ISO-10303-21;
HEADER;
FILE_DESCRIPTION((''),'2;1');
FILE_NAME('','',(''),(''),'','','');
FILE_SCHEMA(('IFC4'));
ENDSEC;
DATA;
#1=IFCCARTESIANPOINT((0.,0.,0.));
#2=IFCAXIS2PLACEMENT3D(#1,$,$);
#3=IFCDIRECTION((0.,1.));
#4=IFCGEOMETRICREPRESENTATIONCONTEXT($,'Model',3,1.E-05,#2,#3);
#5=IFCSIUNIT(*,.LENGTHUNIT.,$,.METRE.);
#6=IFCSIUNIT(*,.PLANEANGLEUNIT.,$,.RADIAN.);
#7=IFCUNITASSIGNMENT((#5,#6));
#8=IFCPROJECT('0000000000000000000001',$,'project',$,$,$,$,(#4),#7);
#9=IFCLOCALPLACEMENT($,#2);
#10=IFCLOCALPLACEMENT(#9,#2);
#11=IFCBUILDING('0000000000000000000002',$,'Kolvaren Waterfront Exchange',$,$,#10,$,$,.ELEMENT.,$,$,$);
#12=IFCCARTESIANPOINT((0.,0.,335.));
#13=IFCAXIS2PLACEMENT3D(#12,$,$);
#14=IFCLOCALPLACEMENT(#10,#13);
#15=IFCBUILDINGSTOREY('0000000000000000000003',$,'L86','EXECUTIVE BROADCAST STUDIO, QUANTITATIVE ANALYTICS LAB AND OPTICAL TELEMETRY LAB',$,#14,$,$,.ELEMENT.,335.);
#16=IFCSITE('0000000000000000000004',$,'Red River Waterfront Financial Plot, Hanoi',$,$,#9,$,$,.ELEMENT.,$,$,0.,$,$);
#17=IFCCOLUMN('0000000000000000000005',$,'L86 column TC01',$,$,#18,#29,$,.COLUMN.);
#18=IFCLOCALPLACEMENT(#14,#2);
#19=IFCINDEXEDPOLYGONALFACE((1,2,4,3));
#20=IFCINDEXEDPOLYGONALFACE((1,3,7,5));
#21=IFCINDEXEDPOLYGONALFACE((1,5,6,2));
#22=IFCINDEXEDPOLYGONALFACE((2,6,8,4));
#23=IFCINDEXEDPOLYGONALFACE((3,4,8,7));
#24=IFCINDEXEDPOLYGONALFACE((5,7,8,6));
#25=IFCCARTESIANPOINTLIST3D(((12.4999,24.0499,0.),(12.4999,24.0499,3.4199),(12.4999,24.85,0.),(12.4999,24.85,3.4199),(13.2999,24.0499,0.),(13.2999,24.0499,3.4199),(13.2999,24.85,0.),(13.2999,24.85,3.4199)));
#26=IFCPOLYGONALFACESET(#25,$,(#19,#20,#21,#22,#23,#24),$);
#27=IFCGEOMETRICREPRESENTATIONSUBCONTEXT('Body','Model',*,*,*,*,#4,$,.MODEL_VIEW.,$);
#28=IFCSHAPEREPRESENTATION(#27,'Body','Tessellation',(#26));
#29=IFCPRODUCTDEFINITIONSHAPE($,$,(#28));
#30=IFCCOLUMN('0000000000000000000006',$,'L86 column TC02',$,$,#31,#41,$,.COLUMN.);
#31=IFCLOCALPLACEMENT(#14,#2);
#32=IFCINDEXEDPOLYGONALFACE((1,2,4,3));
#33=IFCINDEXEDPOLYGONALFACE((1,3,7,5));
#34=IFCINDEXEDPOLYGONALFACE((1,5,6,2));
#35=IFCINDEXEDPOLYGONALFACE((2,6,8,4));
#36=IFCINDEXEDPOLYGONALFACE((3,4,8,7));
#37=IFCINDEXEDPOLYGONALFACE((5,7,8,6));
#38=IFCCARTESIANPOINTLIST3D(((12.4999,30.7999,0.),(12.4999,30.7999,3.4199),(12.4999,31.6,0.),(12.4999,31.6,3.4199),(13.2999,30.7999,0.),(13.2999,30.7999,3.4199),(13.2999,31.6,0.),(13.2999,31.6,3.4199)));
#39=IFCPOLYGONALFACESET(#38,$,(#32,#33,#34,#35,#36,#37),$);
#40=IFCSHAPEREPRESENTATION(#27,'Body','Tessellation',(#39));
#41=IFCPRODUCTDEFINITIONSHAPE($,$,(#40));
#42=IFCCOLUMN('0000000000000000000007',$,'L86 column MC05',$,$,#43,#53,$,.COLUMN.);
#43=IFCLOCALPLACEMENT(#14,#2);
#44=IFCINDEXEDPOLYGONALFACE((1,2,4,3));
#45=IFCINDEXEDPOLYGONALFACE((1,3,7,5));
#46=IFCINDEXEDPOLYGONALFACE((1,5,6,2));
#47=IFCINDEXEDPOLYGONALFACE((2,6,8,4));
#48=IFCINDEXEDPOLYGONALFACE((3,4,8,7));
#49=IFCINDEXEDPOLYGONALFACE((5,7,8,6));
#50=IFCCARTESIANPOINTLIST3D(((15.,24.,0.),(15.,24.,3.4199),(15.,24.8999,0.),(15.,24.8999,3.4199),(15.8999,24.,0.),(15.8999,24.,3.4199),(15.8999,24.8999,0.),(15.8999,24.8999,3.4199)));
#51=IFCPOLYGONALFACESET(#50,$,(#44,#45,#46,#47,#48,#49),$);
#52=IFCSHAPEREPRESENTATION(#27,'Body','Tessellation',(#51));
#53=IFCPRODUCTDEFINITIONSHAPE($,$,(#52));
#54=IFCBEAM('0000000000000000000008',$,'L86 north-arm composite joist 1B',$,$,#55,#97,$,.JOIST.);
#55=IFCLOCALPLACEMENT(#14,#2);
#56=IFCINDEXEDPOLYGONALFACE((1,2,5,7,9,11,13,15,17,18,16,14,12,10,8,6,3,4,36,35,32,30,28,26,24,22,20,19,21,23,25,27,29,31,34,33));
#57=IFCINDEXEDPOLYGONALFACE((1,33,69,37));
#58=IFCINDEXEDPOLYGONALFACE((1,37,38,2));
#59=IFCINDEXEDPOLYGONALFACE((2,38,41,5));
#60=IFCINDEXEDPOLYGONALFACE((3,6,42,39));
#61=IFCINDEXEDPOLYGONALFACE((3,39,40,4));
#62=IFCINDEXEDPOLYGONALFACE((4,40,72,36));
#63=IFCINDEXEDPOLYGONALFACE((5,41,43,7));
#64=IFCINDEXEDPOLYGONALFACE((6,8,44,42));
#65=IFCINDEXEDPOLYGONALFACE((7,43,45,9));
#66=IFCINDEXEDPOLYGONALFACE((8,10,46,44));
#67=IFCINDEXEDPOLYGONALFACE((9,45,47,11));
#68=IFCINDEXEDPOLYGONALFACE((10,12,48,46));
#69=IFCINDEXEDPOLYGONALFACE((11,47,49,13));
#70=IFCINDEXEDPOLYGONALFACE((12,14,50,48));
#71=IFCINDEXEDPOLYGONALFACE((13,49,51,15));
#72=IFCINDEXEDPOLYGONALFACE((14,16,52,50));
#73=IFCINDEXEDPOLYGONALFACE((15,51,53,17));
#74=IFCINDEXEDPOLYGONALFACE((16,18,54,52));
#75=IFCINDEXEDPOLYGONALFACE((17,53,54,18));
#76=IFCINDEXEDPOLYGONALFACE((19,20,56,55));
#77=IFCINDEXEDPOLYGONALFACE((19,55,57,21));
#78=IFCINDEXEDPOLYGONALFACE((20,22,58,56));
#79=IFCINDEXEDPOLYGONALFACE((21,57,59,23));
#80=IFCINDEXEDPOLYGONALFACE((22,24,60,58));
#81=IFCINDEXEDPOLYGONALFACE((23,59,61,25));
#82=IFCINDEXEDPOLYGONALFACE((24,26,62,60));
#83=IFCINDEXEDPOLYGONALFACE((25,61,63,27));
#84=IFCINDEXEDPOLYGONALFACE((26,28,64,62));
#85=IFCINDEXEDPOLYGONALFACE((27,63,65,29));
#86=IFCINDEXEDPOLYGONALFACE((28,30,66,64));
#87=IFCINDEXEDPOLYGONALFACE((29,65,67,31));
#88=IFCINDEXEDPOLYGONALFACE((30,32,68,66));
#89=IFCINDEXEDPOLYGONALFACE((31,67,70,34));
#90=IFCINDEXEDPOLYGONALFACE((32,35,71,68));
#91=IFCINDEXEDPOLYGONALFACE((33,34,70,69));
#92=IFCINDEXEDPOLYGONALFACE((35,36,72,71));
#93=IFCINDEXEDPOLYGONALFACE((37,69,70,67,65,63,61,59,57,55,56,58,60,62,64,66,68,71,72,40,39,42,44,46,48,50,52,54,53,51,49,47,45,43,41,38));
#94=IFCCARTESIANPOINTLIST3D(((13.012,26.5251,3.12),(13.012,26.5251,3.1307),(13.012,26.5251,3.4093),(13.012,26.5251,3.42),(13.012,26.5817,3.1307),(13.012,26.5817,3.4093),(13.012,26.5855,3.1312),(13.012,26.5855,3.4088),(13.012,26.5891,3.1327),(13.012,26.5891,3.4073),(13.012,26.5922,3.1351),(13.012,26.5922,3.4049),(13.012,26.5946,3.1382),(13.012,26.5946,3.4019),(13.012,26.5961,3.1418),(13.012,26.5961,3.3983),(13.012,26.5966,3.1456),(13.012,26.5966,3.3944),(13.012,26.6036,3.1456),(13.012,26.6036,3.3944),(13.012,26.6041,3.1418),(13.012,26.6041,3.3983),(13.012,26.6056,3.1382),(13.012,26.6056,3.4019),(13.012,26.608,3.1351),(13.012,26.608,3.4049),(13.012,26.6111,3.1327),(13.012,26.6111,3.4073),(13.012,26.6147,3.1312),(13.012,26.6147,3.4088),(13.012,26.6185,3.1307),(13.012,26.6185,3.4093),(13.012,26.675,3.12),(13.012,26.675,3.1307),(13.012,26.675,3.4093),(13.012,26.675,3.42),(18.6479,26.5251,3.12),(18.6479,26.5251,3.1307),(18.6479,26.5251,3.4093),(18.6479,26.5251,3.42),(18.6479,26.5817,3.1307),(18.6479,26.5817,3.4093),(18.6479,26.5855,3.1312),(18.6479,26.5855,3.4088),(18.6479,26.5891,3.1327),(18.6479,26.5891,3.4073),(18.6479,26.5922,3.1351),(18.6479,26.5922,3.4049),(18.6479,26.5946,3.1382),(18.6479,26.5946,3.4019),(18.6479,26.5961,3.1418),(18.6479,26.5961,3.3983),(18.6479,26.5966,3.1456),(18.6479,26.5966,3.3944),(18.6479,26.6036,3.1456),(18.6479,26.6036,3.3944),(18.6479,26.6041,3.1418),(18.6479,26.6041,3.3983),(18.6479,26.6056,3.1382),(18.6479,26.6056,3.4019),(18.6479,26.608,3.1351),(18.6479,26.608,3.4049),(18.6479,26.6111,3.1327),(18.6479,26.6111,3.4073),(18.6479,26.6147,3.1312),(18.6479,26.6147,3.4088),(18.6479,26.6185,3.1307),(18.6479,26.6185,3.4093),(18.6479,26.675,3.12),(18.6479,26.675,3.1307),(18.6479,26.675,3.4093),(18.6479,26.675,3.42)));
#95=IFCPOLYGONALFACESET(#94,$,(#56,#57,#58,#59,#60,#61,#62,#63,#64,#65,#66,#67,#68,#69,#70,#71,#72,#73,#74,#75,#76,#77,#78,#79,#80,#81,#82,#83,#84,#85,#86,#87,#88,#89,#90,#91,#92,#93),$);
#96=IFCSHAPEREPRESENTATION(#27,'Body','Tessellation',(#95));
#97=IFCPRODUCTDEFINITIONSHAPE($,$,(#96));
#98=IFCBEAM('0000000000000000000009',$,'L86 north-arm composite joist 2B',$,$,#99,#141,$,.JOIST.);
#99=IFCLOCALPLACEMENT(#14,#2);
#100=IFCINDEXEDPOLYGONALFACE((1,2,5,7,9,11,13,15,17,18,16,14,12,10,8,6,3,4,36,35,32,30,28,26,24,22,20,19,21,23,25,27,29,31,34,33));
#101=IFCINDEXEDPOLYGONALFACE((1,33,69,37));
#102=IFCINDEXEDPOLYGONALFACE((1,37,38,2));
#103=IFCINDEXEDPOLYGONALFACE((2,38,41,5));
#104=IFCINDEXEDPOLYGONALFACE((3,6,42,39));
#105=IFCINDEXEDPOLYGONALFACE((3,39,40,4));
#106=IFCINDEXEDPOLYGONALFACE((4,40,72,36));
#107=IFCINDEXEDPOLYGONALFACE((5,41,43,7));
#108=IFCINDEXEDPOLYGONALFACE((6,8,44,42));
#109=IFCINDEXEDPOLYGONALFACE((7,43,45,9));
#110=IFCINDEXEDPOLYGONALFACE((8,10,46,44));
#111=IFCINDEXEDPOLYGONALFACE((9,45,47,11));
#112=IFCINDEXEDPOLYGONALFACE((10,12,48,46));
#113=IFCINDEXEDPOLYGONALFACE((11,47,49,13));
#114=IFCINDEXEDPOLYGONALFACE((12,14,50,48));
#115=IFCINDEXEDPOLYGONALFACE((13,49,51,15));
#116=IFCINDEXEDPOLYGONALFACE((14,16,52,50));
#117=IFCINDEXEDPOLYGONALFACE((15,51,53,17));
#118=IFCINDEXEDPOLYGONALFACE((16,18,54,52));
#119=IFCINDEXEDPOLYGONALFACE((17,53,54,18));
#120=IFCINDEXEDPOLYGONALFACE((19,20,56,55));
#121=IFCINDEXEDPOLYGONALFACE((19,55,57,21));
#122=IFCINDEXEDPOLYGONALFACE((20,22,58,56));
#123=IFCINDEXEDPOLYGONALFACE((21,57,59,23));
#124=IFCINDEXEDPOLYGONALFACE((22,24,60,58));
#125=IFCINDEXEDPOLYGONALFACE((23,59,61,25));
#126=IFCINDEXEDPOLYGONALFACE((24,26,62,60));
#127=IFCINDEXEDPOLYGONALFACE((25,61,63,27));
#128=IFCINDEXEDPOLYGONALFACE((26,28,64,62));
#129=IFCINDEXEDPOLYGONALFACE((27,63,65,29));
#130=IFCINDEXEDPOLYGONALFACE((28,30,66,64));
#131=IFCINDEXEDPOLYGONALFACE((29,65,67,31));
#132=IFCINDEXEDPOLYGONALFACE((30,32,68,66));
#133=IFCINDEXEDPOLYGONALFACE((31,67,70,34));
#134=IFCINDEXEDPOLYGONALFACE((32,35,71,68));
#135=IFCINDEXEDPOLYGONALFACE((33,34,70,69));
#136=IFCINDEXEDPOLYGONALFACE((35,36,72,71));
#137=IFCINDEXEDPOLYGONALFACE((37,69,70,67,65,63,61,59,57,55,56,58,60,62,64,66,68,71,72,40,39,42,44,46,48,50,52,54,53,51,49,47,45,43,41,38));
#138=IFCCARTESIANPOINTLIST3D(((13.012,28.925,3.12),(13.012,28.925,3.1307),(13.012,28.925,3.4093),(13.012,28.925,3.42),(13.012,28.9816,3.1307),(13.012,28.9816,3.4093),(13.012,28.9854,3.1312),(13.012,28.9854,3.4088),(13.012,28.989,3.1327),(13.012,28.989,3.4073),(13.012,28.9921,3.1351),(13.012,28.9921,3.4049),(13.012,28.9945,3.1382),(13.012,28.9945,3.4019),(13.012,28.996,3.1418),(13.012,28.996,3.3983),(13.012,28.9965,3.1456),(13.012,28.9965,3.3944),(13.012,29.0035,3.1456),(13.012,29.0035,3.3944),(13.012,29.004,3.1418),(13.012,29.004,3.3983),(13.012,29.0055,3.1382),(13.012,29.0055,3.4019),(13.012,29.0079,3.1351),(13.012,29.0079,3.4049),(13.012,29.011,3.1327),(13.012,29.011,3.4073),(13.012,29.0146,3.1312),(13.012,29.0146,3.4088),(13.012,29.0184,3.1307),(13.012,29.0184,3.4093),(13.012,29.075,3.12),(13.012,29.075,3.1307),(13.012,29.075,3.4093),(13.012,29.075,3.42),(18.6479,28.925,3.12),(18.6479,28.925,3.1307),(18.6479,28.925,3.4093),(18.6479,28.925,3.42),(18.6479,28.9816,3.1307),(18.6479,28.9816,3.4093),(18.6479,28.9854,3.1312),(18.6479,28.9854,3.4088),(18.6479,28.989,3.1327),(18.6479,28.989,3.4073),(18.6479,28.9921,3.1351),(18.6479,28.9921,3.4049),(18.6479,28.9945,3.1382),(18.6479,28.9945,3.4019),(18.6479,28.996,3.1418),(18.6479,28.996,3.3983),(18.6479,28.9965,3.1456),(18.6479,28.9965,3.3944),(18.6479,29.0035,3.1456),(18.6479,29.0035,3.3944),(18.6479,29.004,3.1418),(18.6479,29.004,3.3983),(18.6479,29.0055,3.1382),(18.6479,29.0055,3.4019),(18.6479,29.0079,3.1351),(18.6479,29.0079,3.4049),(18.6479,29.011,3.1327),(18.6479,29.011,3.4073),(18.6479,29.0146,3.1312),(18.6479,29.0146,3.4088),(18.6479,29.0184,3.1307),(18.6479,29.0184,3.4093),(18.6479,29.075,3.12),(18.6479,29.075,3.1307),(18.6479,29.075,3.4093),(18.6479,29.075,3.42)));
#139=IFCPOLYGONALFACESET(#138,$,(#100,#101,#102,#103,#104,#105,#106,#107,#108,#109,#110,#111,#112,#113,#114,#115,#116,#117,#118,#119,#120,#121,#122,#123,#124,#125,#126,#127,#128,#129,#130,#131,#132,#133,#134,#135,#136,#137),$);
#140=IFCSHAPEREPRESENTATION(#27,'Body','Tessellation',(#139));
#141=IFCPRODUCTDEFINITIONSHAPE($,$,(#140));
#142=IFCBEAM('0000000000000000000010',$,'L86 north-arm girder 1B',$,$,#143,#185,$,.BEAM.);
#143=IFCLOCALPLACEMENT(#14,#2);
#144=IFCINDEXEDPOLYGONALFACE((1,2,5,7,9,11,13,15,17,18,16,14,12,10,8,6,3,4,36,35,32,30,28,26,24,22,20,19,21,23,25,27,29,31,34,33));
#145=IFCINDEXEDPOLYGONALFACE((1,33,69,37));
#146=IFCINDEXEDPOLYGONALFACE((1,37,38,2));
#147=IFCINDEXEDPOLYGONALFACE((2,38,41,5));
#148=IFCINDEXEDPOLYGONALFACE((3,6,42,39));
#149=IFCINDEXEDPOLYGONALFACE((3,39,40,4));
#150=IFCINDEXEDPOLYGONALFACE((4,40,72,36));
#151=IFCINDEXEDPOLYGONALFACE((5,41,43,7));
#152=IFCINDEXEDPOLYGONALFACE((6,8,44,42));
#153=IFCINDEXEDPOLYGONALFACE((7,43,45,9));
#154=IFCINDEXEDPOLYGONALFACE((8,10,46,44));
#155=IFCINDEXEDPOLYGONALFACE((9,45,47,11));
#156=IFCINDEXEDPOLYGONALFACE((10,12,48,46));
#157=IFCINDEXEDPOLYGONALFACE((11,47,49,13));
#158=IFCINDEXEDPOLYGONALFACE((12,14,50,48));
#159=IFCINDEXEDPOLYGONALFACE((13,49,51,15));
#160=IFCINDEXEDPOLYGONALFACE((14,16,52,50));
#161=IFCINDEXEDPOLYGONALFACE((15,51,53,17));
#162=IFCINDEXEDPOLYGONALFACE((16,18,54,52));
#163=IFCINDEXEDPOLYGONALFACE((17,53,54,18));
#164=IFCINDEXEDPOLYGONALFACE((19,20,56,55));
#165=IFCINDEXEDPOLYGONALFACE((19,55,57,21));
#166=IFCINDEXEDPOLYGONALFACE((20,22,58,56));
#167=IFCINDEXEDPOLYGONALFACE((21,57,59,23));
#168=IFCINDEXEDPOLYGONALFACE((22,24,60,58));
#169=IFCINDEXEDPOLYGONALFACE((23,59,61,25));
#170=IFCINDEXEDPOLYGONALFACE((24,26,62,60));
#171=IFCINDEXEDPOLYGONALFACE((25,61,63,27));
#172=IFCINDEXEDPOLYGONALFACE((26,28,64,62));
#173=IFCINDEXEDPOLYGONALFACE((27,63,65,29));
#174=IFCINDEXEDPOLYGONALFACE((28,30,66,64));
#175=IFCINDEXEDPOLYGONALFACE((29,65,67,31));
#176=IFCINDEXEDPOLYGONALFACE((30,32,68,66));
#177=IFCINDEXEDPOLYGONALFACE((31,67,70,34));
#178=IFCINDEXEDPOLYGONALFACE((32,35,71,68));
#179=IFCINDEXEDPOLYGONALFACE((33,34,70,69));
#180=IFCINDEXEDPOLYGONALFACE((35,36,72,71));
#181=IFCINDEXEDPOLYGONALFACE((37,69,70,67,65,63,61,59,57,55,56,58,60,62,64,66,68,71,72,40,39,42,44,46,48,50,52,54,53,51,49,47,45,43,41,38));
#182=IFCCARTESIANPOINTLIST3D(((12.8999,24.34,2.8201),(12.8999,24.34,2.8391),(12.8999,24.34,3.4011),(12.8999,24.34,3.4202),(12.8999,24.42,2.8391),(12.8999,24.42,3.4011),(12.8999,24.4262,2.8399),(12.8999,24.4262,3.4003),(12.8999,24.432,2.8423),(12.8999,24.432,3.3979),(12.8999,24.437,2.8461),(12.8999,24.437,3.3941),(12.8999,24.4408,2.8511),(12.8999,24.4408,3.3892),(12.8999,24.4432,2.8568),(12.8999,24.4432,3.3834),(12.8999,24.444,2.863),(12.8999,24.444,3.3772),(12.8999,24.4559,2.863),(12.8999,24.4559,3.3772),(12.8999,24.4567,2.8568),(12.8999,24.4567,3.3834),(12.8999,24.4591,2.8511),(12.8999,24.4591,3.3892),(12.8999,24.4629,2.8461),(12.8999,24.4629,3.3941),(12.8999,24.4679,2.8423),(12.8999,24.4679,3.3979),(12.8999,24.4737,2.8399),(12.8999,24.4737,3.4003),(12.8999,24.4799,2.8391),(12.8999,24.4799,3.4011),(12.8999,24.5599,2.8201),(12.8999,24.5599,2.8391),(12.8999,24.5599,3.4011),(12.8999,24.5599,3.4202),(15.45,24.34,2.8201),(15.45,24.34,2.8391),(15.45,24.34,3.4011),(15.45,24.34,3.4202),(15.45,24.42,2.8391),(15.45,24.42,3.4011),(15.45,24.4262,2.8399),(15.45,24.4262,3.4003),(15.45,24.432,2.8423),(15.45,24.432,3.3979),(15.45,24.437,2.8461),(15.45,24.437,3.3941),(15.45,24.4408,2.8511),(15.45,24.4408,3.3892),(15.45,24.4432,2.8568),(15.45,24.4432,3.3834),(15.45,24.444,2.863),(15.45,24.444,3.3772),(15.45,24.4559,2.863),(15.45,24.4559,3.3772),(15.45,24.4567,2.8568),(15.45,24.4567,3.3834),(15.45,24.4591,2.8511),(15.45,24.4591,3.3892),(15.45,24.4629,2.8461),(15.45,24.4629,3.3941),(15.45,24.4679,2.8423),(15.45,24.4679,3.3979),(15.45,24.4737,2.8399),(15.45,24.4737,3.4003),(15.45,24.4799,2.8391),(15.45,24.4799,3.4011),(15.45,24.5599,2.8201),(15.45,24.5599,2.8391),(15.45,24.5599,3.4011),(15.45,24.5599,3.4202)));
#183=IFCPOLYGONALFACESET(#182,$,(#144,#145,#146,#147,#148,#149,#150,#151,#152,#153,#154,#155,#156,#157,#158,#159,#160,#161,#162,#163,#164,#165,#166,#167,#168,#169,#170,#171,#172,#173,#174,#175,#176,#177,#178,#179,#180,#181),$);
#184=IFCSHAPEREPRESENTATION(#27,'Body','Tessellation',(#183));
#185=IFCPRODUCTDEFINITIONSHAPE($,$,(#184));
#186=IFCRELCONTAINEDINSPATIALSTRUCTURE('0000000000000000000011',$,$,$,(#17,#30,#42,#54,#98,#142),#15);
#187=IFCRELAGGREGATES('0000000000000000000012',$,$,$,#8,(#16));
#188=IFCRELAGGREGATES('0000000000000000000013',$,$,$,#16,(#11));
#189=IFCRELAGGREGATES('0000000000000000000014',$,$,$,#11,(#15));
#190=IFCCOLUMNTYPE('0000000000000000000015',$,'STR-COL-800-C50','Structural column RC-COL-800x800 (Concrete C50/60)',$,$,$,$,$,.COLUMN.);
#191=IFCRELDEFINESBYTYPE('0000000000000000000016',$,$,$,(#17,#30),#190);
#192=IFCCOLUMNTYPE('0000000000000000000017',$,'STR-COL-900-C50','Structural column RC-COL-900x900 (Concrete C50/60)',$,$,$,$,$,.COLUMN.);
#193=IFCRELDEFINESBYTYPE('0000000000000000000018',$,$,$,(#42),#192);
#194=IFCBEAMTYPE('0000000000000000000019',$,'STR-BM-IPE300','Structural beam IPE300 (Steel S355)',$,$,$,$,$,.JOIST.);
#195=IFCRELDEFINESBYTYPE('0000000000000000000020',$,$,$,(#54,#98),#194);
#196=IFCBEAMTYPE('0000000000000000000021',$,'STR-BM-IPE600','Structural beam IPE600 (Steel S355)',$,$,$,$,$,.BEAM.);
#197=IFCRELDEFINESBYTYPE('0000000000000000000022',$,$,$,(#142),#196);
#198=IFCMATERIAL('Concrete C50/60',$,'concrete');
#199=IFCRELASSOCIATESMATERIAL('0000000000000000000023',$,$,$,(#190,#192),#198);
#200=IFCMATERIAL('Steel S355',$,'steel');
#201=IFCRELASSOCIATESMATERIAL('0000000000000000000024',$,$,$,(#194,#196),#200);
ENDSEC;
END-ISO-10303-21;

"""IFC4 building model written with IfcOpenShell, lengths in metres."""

from ifc_helpers import new_model, si_unit, direction, frame, origin, origin_2d, place, context, subcontext, project, spatial, rectangle, i_section, extrude, material, material_profile, profile_set, type_object, element, save


model = new_model("IFC4")

# Units and contexts
model_context = context("Model", 3, precision=1e-05, world=origin(), true_north=direction((0.0, 1.0)))
body_context = subcontext(model_context, "Body", "Model", "MODEL_VIEW")
ifc_project = project(units=[si_unit("LENGTHUNIT", "METRE"), si_unit("PLANEANGLEUNIT", "RADIAN")], contexts=[model_context])

# Site, building, storey
site_placement = place(None, origin())
site = spatial("IfcSite", under=ifc_project, at=site_placement, Name="Red River Waterfront Financial Plot, Hanoi", CompositionType="ELEMENT", RefElevation=0.0)
building_placement = place(site_placement, origin())
building = spatial("IfcBuilding", under=site, at=building_placement, Name="Kolvaren Waterfront Exchange", CompositionType="ELEMENT")
storey_placement = place(building_placement, frame((0.0, 0.0, 335.0)))
storey = spatial("IfcBuildingStorey", under=building, at=storey_placement, Name="L86", Description="EXECUTIVE BROADCAST STUDIO, QUANTITATIVE ANALYTICS LAB AND OPTICAL TELEMETRY LAB", CompositionType="ELEMENT", Elevation=335.0)

# Columns
ifc_material_1 = material(Name="Concrete C50/60", Category="concrete")
ifc_material_profile_1 = material_profile(ifc_material_1, rectangle(XDim=0.8, YDim=0.8, at=origin_2d()), Name="RC-COL-800x800")
ifc_profile_set_1 = profile_set([ifc_material_profile_1], Name="Concrete C50/60")
column_type_1 = type_object("IfcColumnType", Name="STR-COL-800-C50", Description="Structural column RC-COL-800x800 (Concrete C50/60)", PredefinedType="COLUMN", material=ifc_profile_set_1)
for number, where, z_axis, x_axis, name in (
    (1, (12.8999, 24.45, 0.0), (0.0, 0.0, 1.0), (1.0, 0.0, 0.0), "L86 column TC01"),
    (2, (12.8999, 31.2, 0.0), (0.0, 0.0, 1.0), (1.0, 0.0, 0.0), "L86 column TC02"),
):
    element("IfcColumn", number, at=place(storey_placement, frame(where, z_axis=z_axis, x_axis=x_axis)), inside=storey, type_object=column_type_1, Name=name, PredefinedType="COLUMN", context=body_context, shape_type="SweptSolid", body=[
        extrude(rectangle(XDim=0.8, YDim=0.8, at=origin_2d()), origin(), (0.0, 0.0, 1.0), 3.4199),
    ])
ifc_material_profile_2 = material_profile(ifc_material_1, rectangle(XDim=0.8999, YDim=0.8999, at=origin_2d()), Name="RC-COL-900x900")
ifc_profile_set_2 = profile_set([ifc_material_profile_2], Name="Concrete C50/60")
column_type_2 = type_object("IfcColumnType", Name="STR-COL-900-C50", Description="Structural column RC-COL-900x900 (Concrete C50/60)", PredefinedType="COLUMN", material=ifc_profile_set_2)
column_placement = place(storey_placement, frame((15.45, 24.45, 0.0), z_axis=(0.0, 0.0, 1.0), x_axis=(1.0, 0.0, 0.0)))
element("IfcColumn", 3, at=column_placement, inside=storey, type_object=column_type_2, Name="L86 column MC05", PredefinedType="COLUMN", context=body_context, shape_type="SweptSolid", body=[
    extrude(rectangle(XDim=0.8999, YDim=0.8999, at=origin_2d()), origin(), (0.0, 0.0, 1.0), 3.4199),
])

# Beams
ifc_material_2 = material(Name="Steel S355", Category="steel")
ifc_material_profile_3 = material_profile(ifc_material_2, i_section(OverallWidth=0.1499, OverallDepth=0.3, WebThickness=0.0071, FlangeThickness=0.0107, FilletRadius=0.0149, at=origin_2d()), Name="IPE300")
ifc_profile_set_3 = profile_set([ifc_material_profile_3], Name="Steel S355")
beam_type_1 = type_object("IfcBeamType", Name="STR-BM-IPE300", Description="Structural beam IPE300 (Steel S355)", PredefinedType="JOIST", material=ifc_profile_set_3)
for number, where, z_axis, x_axis, name in (
    (4, (13.012, 26.6001, 3.27), (1.0, 0.0, 0.0), (0.0, 1.0, 0.0), "L86 north-arm composite joist 1B"),
    (5, (13.012, 29.0, 3.27), (1.0, 0.0, 0.0), (0.0, 1.0, 0.0), "L86 north-arm composite joist 2B"),
):
    element("IfcBeam", number, at=place(storey_placement, frame(where, z_axis=z_axis, x_axis=x_axis)), inside=storey, type_object=beam_type_1, Name=name, PredefinedType="JOIST", context=body_context, shape_type="SweptSolid", body=[
        extrude(i_section(OverallWidth=0.1499, OverallDepth=0.3, WebThickness=0.0071, FlangeThickness=0.0107, FilletRadius=0.0149, at=origin_2d()), origin(), (0.0, 0.0, 1.0), 5.636),
    ])
ifc_material_profile_4 = material_profile(ifc_material_2, i_section(OverallWidth=0.22, OverallDepth=0.6001, WebThickness=0.012, FlangeThickness=0.019, FilletRadius=0.0239, at=origin_2d()), Name="IPE600")
ifc_profile_set_4 = profile_set([ifc_material_profile_4], Name="Steel S355")
beam_type_2 = type_object("IfcBeamType", Name="STR-BM-IPE600", Description="Structural beam IPE600 (Steel S355)", PredefinedType="BEAM", material=ifc_profile_set_4)
beam_1_placement = place(storey_placement, frame((12.8999, 24.45, 3.1201), z_axis=(1.0, 0.0, 0.0), x_axis=(0.0, 1.0, 0.0)))
element("IfcBeam", 6, at=beam_1_placement, inside=storey, type_object=beam_type_2, Name="L86 north-arm girder 1B", PredefinedType="BEAM", context=body_context, shape_type="SweptSolid", body=[
    extrude(i_section(OverallWidth=0.22, OverallDepth=0.6001, WebThickness=0.012, FlangeThickness=0.019, FilletRadius=0.0239, at=origin_2d()), origin(), (0.0, 0.0, 1.0), 2.55),
])

save(model, "model.ifc")
